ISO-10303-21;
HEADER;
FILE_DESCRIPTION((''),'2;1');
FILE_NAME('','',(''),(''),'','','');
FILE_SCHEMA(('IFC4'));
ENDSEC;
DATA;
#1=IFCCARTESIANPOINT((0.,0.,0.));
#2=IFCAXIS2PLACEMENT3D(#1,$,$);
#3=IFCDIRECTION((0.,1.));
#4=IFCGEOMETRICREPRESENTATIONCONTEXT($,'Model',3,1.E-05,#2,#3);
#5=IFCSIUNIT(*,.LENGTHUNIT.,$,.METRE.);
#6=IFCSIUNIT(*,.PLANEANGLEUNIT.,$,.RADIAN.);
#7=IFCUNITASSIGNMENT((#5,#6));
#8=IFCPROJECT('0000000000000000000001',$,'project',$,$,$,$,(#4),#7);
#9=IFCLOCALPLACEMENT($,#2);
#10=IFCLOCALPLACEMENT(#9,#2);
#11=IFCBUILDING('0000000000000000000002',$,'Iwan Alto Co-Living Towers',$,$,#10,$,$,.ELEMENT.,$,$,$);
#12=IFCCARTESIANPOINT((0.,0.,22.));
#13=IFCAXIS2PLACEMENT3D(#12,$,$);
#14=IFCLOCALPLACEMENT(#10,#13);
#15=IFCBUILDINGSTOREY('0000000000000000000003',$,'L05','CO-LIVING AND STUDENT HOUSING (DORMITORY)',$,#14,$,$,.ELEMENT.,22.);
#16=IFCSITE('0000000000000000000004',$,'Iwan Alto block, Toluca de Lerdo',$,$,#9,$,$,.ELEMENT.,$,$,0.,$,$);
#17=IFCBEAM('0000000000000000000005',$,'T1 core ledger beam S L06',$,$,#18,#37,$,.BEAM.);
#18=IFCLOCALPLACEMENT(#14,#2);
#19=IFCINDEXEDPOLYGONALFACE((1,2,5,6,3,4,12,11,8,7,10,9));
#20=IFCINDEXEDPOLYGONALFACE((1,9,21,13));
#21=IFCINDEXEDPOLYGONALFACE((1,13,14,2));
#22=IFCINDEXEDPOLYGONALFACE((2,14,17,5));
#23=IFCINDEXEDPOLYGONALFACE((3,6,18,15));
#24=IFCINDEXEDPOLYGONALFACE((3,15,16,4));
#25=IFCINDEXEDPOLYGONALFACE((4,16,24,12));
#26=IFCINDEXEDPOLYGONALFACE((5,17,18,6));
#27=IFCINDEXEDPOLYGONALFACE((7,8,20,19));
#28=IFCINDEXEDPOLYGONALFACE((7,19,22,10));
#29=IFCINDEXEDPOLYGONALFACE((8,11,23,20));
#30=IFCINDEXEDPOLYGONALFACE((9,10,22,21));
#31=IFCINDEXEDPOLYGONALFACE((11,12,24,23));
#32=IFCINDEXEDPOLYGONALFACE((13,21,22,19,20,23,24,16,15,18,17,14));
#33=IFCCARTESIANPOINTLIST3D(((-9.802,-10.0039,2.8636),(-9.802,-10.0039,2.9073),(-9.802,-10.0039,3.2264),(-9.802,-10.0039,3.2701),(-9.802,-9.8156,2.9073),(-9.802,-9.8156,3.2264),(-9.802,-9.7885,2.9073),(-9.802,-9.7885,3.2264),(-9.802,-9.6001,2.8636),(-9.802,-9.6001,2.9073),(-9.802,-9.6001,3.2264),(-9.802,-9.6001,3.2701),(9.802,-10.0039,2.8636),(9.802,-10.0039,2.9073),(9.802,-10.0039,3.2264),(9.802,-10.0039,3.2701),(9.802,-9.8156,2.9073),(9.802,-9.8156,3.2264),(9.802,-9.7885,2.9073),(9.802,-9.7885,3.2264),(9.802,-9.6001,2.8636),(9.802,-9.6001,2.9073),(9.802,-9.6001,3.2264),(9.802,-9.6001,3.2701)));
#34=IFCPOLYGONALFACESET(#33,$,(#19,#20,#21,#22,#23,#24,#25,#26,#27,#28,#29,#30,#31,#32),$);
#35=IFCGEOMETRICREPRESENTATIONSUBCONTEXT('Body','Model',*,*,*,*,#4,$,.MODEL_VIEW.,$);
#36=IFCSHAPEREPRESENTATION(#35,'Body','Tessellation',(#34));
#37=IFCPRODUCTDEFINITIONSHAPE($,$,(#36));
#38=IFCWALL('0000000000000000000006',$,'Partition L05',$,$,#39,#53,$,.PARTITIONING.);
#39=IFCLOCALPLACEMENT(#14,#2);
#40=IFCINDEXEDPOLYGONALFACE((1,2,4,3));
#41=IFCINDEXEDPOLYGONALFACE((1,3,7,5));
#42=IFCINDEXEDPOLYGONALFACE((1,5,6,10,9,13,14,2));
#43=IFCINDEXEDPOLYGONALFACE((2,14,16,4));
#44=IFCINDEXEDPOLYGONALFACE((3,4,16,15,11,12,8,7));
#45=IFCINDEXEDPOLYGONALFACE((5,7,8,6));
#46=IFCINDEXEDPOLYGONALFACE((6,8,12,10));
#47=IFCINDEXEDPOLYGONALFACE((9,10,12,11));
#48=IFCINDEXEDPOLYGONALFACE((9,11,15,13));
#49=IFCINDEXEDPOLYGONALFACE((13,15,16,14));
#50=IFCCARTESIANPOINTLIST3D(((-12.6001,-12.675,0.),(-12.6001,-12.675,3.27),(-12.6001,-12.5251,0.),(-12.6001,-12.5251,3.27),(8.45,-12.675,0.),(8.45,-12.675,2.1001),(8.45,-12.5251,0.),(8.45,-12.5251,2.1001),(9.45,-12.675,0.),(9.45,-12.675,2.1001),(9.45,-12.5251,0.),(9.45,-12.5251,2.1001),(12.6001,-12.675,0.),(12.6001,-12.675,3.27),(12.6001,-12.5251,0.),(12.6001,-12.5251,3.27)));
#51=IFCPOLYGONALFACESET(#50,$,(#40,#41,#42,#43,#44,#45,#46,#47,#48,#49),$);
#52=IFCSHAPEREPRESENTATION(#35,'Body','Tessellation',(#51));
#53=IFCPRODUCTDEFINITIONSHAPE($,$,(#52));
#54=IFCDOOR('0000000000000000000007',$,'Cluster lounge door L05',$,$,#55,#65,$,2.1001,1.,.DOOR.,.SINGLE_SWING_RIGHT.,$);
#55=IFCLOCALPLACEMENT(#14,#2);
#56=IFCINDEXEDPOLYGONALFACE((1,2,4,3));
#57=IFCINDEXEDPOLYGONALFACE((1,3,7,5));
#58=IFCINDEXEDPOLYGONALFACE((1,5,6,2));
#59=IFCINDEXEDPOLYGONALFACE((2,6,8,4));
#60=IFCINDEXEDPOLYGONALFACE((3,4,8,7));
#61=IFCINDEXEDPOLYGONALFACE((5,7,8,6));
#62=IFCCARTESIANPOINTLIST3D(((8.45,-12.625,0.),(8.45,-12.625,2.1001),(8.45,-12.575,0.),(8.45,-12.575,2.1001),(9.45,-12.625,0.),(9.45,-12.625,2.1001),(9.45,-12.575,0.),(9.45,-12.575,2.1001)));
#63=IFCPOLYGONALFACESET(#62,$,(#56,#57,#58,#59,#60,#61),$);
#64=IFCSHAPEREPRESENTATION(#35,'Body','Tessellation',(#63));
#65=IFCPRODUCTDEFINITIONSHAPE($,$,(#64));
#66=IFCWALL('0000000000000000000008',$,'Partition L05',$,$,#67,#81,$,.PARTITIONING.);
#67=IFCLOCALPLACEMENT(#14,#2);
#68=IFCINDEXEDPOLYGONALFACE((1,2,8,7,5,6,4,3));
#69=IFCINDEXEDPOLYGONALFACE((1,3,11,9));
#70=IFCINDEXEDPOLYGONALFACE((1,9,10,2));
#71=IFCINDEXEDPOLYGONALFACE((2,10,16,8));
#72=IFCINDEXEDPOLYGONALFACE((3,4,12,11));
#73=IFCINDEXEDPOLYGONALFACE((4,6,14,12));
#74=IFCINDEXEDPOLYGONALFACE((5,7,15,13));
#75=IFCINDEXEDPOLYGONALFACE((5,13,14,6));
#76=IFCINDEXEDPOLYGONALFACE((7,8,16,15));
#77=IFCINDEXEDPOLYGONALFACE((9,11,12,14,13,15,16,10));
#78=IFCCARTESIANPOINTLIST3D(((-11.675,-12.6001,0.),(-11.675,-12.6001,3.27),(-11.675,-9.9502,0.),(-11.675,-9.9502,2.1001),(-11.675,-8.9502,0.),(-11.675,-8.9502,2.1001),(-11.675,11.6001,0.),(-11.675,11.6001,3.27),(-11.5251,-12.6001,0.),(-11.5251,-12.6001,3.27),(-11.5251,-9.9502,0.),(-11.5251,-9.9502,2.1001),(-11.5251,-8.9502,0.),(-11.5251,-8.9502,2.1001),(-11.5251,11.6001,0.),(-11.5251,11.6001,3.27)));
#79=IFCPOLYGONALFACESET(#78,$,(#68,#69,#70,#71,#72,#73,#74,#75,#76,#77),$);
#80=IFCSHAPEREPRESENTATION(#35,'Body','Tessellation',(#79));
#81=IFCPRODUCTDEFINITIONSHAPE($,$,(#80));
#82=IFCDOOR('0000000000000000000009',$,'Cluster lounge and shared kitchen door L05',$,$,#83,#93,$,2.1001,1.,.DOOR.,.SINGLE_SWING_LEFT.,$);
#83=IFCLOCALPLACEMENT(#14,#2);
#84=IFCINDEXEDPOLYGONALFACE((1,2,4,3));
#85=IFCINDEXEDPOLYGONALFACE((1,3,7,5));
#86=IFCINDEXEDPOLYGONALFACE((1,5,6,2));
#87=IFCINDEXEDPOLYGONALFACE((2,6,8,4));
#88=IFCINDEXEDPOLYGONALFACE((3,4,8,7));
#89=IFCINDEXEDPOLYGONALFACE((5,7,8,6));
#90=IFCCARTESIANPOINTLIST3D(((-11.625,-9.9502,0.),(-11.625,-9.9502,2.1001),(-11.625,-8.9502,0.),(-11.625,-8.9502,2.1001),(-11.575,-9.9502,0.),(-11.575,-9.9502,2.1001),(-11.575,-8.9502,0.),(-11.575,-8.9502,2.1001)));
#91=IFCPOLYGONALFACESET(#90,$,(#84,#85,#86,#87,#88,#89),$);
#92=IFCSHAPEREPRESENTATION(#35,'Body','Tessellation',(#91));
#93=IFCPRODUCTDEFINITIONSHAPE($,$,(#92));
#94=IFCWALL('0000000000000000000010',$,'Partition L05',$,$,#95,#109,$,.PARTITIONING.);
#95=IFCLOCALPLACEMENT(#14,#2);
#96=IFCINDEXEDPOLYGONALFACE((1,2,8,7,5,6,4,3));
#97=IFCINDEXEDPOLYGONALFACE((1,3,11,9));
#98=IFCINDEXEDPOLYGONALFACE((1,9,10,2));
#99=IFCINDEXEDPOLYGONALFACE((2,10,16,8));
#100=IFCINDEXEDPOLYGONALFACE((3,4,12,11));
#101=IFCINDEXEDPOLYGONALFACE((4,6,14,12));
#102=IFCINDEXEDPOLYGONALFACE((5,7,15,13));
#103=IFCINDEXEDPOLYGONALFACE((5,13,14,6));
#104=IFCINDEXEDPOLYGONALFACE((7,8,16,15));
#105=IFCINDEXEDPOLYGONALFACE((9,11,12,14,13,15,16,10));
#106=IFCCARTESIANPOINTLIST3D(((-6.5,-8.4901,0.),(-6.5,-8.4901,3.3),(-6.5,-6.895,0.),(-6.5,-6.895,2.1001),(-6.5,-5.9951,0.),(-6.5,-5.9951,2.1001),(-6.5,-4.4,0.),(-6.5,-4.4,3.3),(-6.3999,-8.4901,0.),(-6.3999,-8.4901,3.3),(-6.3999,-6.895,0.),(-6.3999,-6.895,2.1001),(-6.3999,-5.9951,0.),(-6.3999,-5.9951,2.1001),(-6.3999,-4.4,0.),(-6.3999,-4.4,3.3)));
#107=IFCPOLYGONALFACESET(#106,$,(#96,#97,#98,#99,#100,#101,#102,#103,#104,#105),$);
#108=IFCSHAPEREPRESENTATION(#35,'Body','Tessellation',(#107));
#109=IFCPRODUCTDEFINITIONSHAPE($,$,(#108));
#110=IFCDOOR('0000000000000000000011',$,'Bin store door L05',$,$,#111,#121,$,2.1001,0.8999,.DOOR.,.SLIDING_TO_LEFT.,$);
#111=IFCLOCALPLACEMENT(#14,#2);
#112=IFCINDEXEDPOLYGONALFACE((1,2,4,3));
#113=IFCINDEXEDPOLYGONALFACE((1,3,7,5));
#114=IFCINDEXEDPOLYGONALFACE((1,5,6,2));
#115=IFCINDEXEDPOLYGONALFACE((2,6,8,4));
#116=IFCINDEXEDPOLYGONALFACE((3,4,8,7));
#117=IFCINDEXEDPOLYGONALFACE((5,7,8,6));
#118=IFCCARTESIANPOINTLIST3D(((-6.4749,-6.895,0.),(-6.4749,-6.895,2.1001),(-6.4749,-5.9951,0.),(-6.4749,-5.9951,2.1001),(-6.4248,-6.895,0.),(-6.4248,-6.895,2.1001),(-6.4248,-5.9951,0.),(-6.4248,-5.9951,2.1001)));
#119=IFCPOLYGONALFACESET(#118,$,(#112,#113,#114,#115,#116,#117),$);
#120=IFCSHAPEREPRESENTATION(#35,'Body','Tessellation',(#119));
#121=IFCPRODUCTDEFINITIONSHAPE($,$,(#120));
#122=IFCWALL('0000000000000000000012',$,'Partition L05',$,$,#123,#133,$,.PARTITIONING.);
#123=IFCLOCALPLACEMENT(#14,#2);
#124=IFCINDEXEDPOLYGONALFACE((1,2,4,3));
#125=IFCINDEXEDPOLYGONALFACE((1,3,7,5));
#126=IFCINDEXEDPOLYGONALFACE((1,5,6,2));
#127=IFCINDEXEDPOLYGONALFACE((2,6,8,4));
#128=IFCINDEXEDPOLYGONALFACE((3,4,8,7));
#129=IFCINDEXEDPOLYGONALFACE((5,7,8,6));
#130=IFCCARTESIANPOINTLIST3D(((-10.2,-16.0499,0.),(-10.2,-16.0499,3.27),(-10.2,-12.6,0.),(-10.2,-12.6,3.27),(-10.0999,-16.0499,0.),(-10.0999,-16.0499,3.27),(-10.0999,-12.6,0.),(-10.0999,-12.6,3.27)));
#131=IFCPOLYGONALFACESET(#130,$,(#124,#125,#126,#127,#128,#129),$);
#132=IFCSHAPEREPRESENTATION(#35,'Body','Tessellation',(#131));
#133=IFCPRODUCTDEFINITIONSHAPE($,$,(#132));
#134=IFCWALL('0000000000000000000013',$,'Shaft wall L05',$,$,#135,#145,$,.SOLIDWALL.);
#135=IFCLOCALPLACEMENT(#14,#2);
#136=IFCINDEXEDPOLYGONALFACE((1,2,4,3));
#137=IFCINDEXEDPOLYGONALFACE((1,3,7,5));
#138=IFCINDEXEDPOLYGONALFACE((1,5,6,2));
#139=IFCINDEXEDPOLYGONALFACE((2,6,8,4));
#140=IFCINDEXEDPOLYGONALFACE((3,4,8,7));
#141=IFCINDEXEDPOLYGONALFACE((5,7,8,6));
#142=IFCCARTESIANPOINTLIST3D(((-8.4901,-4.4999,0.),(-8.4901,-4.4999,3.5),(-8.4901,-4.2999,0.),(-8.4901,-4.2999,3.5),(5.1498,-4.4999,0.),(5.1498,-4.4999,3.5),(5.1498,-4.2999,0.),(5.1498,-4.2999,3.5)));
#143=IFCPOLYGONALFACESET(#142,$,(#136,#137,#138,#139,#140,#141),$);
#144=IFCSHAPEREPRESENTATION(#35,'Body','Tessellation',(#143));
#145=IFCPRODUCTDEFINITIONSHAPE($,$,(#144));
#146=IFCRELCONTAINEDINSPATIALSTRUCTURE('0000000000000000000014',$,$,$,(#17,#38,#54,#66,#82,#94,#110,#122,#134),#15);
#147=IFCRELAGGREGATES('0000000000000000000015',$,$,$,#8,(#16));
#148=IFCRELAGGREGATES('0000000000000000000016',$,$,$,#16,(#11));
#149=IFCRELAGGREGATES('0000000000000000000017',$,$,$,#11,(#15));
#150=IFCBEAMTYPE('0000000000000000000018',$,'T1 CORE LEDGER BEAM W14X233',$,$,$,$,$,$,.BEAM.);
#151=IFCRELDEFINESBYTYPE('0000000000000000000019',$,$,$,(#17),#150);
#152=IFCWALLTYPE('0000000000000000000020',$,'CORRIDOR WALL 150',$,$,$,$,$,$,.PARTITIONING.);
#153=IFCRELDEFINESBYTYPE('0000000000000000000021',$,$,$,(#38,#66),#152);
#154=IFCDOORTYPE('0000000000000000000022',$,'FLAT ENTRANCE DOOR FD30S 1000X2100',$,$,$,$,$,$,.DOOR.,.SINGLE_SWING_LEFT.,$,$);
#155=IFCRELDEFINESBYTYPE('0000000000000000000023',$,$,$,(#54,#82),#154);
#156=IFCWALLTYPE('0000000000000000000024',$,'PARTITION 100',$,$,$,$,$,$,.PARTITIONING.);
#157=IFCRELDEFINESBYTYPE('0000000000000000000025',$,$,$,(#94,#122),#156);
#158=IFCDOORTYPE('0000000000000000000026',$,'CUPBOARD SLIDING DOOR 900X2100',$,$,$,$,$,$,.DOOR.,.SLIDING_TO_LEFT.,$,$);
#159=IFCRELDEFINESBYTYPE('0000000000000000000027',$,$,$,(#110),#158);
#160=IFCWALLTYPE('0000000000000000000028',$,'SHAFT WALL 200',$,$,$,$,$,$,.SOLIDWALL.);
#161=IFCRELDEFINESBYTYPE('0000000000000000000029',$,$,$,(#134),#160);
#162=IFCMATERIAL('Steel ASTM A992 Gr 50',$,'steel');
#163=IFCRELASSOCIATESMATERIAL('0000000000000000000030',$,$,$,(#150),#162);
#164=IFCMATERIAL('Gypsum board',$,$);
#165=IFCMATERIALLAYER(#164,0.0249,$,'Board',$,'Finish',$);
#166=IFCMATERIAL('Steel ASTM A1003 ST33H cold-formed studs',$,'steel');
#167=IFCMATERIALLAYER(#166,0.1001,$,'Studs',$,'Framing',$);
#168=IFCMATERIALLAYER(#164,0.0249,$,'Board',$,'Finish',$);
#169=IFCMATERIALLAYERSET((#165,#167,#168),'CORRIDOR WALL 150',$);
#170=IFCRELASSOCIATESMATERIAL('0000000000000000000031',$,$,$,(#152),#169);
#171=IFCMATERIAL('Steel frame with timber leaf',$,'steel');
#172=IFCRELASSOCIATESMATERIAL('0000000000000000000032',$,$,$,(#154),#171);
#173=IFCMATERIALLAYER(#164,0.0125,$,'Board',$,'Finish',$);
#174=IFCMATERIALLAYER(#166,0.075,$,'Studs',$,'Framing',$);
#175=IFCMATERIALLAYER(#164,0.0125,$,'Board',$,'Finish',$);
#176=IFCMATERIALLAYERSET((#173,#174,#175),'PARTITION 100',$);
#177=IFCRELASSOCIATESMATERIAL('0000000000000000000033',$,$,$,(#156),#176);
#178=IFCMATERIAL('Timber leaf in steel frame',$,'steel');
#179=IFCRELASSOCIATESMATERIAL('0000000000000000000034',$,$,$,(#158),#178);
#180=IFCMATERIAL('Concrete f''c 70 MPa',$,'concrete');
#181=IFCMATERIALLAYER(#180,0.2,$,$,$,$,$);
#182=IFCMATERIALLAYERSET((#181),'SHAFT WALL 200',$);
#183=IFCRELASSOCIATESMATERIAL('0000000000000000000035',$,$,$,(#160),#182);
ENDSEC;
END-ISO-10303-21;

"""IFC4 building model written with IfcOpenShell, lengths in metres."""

from ifc_helpers import new_model, si_unit, direction, frame, frame_2d, origin, origin_2d, place, context, subcontext, project, spatial, rectangle, i_section, extrude, material, layer, layer_set, material_profile, profile_set, type_object, element, fill, save


model = new_model("IFC4")

# Units and contexts
model_context = context("Model", 3, precision=1e-05, world=origin(), true_north=direction((0.0, 1.0)))
body_context = subcontext(model_context, "Body", "Model", "MODEL_VIEW")
ifc_project = project(units=[si_unit("LENGTHUNIT", "METRE"), si_unit("PLANEANGLEUNIT", "RADIAN")], contexts=[model_context])

# Site, building, storey
site_placement = place(None, origin())
site = spatial("IfcSite", under=ifc_project, at=site_placement, Name="Iwan Alto block, Toluca de Lerdo", CompositionType="ELEMENT", RefElevation=0.0)
building_placement = place(site_placement, origin())
building = spatial("IfcBuilding", under=site, at=building_placement, Name="Iwan Alto Co-Living Towers", CompositionType="ELEMENT")
storey_placement = place(building_placement, frame((0.0, 0.0, 22.0)))
storey = spatial("IfcBuildingStorey", under=building, at=storey_placement, Name="L05", Description="CO-LIVING AND STUDENT HOUSING (DORMITORY)", CompositionType="ELEMENT", Elevation=22.0)

# Beam
ifc_material_1 = material(Name="Steel ASTM A992 Gr 50", Category="steel")
ifc_material_profile = material_profile(ifc_material_1, i_section(OverallWidth=0.4038, OverallDepth=0.4065, WebThickness=0.0271, FlangeThickness=0.0437, at=origin_2d()), Name="W14X233")
ifc_profile_set = profile_set([ifc_material_profile], Name="Steel ASTM A992 Gr 50")
beam_type = type_object("IfcBeamType", Name="T1 CORE LEDGER BEAM W14X233", PredefinedType="BEAM", material=ifc_profile_set)
beam_placement = place(storey_placement, frame((-9.802, -9.802, 3.0669), z_axis=(1.0, 0.0, 0.0), x_axis=(0.0, 1.0, 0.0)))
element("IfcBeam", 1, at=beam_placement, inside=storey, type_object=beam_type, Name="T1 core ledger beam S L06", PredefinedType="BEAM", context=body_context, shape_type="SweptSolid", body=[
    extrude(i_section(OverallWidth=0.4038, OverallDepth=0.4065, WebThickness=0.0271, FlangeThickness=0.0437, at=origin_2d()), origin(), (0.0, 0.0, 1.0), 19.604),
])

# Walls, openings, doors
ifc_material_2 = material(Name="Gypsum board")
ifc_layer_1 = layer(ifc_material_2, 0.0249, Name="Board", Category="Finish")
ifc_material_3 = material(Name="Steel ASTM A1003 ST33H cold-formed studs", Category="steel")
ifc_layer_2 = layer(ifc_material_3, 0.1001, Name="Studs", Category="Framing")
ifc_layer_3 = layer(ifc_material_2, 0.0249, Name="Board", Category="Finish")
ifc_layer_set_1 = layer_set([ifc_layer_1, ifc_layer_2, ifc_layer_3], Name="CORRIDOR WALL 150")
wall_type_1 = type_object("IfcWallType", Name="CORRIDOR WALL 150", PredefinedType="PARTITIONING", material=ifc_layer_set_1)
wall_1_placement = place(storey_placement, frame((-12.6001, -12.6001, 0.0), z_axis=(0.0, 0.0, 1.0), x_axis=(1.0, 0.0, 0.0)))
wall_1 = element("IfcWall", 2, at=wall_1_placement, inside=storey, type_object=wall_type_1, Name="Partition L05", PredefinedType="PARTITIONING", context=body_context, shape_type="SweptSolid", body=[
    extrude(rectangle(XDim=25.2002, YDim=0.1499, at=frame_2d((12.6001, 0.0))), origin(), (0.0, 0.0, 1.0), 3.27),
])
opening_1_placement = place(wall_1_placement, frame((21.05, 0.0, 0.0)))
opening_1 = element("IfcOpeningElement", 3, at=opening_1_placement, cuts=wall_1, PredefinedType="OPENING", context=body_context, shape_type="SweptSolid", body=[
    extrude(rectangle(XDim=1.0, YDim=2.1001, at=frame_2d((0.5, 1.05))), frame((0.0, 0.085, 0.0), z_axis=(0.0, -1.0, 0.0), x_axis=(1.0, 0.0, 0.0)), (0.0, 0.0, 1.0), 0.1699),
])
ifc_material_4 = material(Name="Steel frame with timber leaf", Category="steel")
door_type_1 = type_object("IfcDoorType", Name="FLAT ENTRANCE DOOR FD30S 1000X2100", OperationType="SINGLE_SWING_LEFT", PredefinedType="DOOR", material=ifc_material_4)
door_1_placement = place(opening_1_placement, frame((1.0, 0.0, 0.0), z_axis=(0.0, 0.0, 1.0), x_axis=(-1.0, 0.0, 0.0)))
door_1 = element("IfcDoor", 4, at=door_1_placement, inside=storey, type_object=door_type_1, Name="Cluster lounge door L05", OperationType="SINGLE_SWING_RIGHT", OverallHeight=2.1001, OverallWidth=1.0, PredefinedType="DOOR", context=body_context, shape_type="SweptSolid", body=[
    extrude(rectangle(XDim=1.0, YDim=2.1001, at=frame_2d((0.5, 1.05))), frame((0.0, 0.0249, 0.0), z_axis=(0.0, -1.0, 0.0), x_axis=(1.0, 0.0, 0.0)), (0.0, 0.0, 1.0), 0.05),
])
fill(opening_1, door_1)
wall_2_placement = place(storey_placement, frame((-11.6001, -12.6001, 0.0), z_axis=(0.0, 0.0, 1.0), x_axis=(0.0, 1.0, 0.0)))
wall_2 = element("IfcWall", 5, at=wall_2_placement, inside=storey, type_object=wall_type_1, Name="Partition L05", PredefinedType="PARTITIONING", context=body_context, shape_type="SweptSolid", body=[
    extrude(rectangle(XDim=24.2002, YDim=0.1499, at=frame_2d((12.1001, 0.0))), origin(), (0.0, 0.0, 1.0), 3.27),
])
opening_2_placement = place(wall_2_placement, frame((2.6499, 0.0, 0.0)))
opening_2 = element("IfcOpeningElement", 6, at=opening_2_placement, cuts=wall_2, PredefinedType="OPENING", context=body_context, shape_type="SweptSolid", body=[
    extrude(rectangle(XDim=1.0, YDim=2.1001, at=frame_2d((0.5, 1.05))), frame((0.0, 0.085, 0.0), z_axis=(0.0, -1.0, 0.0), x_axis=(1.0, 0.0, 0.0)), (0.0, 0.0, 1.0), 0.1699),
])
door_2_placement = place(opening_2_placement, origin())
door_2 = element("IfcDoor", 7, at=door_2_placement, inside=storey, type_object=door_type_1, Name="Cluster lounge and shared kitchen door L05", OperationType="SINGLE_SWING_LEFT", OverallHeight=2.1001, OverallWidth=1.0, PredefinedType="DOOR", context=body_context, shape_type="SweptSolid", body=[
    extrude(rectangle(XDim=1.0, YDim=2.1001, at=frame_2d((0.5, 1.05))), frame((0.0, 0.0249, 0.0), z_axis=(0.0, -1.0, 0.0), x_axis=(1.0, 0.0, 0.0)), (0.0, 0.0, 1.0), 0.05),
])
fill(opening_2, door_2)
ifc_layer_4 = layer(ifc_material_2, 0.0125, Name="Board", Category="Finish")
ifc_layer_5 = layer(ifc_material_3, 0.075, Name="Studs", Category="Framing")
ifc_layer_6 = layer(ifc_material_2, 0.0125, Name="Board", Category="Finish")
ifc_layer_set_2 = layer_set([ifc_layer_4, ifc_layer_5, ifc_layer_6], Name="PARTITION 100")
wall_type_2 = type_object("IfcWallType", Name="PARTITION 100", PredefinedType="PARTITIONING", material=ifc_layer_set_2)
wall_3_placement = place(storey_placement, frame((-6.45, -8.49, 0.0), z_axis=(0.0, 0.0, 1.0), x_axis=(0.0, 1.0, 0.0)))
wall_3 = element("IfcWall", 8, at=wall_3_placement, inside=storey, type_object=wall_type_2, Name="Partition L05", PredefinedType="PARTITIONING", context=body_context, shape_type="SweptSolid", body=[
    extrude(rectangle(XDim=4.0901, YDim=0.1001, at=frame_2d((2.0449, 0.0))), origin(), (0.0, 0.0, 1.0), 3.3),
])
opening_3_placement = place(wall_3_placement, frame((1.595, 0.0, 0.0)))
opening_3 = element("IfcOpeningElement", 9, at=opening_3_placement, cuts=wall_3, PredefinedType="OPENING", context=body_context, shape_type="SweptSolid", body=[
    extrude(rectangle(XDim=0.8999, YDim=2.1001, at=frame_2d((0.45, 1.05))), frame((0.0, 0.0601, 0.0), z_axis=(0.0, -1.0, 0.0), x_axis=(1.0, 0.0, 0.0)), (0.0, 0.0, 1.0), 0.1201),
])
ifc_material_5 = material(Name="Timber leaf in steel frame", Category="steel")
door_type_2 = type_object("IfcDoorType", Name="CUPBOARD SLIDING DOOR 900X2100", OperationType="SLIDING_TO_LEFT", PredefinedType="DOOR", material=ifc_material_5)
door_3_placement = place(opening_3_placement, origin())
door_3 = element("IfcDoor", 10, at=door_3_placement, inside=storey, type_object=door_type_2, Name="Bin store door L05", OperationType="SLIDING_TO_LEFT", OverallHeight=2.1001, OverallWidth=0.8999, PredefinedType="DOOR", context=body_context, shape_type="SweptSolid", body=[
    extrude(rectangle(XDim=0.8999, YDim=2.1001, at=frame_2d((0.45, 1.05))), frame((0.0, 0.0249, 0.0), z_axis=(0.0, -1.0, 0.0), x_axis=(1.0, 0.0, 0.0)), (0.0, 0.0, 1.0), 0.05),
])
fill(opening_3, door_3)

# Walls
wall_4_placement = place(storey_placement, frame((-10.1499, -16.05, 0.0), z_axis=(0.0, 0.0, 1.0), x_axis=(0.0, 1.0, 0.0)))
element("IfcWall", 11, at=wall_4_placement, inside=storey, type_object=wall_type_2, Name="Partition L05", PredefinedType="PARTITIONING", context=body_context, shape_type="SweptSolid", body=[
    extrude(rectangle(XDim=3.45, YDim=0.1001, at=frame_2d((1.7251, 0.0))), origin(), (0.0, 0.0, 1.0), 3.27),
])
ifc_material_6 = material(Name="Concrete f'c 70 MPa", Category="concrete")
ifc_layer_7 = layer(ifc_material_6, 0.2)
ifc_layer_set_3 = layer_set([ifc_layer_7], Name="SHAFT WALL 200")
wall_type_3 = type_object("IfcWallType", Name="SHAFT WALL 200", PredefinedType="SOLIDWALL", material=ifc_layer_set_3)
wall_5_placement = place(storey_placement, frame((-8.49, -4.3999, 0.0), z_axis=(0.0, 0.0, 1.0), x_axis=(1.0, 0.0, 0.0)))
element("IfcWall", 12, at=wall_5_placement, inside=storey, type_object=wall_type_3, Name="Shaft wall L05", PredefinedType="SOLIDWALL", context=body_context, shape_type="SweptSolid", body=[
    extrude(rectangle(XDim=13.6399, YDim=0.2, at=frame_2d((6.8198, 0.0))), origin(), (0.0, 0.0, 1.0), 3.5),
])

save(model, "model.ifc")
